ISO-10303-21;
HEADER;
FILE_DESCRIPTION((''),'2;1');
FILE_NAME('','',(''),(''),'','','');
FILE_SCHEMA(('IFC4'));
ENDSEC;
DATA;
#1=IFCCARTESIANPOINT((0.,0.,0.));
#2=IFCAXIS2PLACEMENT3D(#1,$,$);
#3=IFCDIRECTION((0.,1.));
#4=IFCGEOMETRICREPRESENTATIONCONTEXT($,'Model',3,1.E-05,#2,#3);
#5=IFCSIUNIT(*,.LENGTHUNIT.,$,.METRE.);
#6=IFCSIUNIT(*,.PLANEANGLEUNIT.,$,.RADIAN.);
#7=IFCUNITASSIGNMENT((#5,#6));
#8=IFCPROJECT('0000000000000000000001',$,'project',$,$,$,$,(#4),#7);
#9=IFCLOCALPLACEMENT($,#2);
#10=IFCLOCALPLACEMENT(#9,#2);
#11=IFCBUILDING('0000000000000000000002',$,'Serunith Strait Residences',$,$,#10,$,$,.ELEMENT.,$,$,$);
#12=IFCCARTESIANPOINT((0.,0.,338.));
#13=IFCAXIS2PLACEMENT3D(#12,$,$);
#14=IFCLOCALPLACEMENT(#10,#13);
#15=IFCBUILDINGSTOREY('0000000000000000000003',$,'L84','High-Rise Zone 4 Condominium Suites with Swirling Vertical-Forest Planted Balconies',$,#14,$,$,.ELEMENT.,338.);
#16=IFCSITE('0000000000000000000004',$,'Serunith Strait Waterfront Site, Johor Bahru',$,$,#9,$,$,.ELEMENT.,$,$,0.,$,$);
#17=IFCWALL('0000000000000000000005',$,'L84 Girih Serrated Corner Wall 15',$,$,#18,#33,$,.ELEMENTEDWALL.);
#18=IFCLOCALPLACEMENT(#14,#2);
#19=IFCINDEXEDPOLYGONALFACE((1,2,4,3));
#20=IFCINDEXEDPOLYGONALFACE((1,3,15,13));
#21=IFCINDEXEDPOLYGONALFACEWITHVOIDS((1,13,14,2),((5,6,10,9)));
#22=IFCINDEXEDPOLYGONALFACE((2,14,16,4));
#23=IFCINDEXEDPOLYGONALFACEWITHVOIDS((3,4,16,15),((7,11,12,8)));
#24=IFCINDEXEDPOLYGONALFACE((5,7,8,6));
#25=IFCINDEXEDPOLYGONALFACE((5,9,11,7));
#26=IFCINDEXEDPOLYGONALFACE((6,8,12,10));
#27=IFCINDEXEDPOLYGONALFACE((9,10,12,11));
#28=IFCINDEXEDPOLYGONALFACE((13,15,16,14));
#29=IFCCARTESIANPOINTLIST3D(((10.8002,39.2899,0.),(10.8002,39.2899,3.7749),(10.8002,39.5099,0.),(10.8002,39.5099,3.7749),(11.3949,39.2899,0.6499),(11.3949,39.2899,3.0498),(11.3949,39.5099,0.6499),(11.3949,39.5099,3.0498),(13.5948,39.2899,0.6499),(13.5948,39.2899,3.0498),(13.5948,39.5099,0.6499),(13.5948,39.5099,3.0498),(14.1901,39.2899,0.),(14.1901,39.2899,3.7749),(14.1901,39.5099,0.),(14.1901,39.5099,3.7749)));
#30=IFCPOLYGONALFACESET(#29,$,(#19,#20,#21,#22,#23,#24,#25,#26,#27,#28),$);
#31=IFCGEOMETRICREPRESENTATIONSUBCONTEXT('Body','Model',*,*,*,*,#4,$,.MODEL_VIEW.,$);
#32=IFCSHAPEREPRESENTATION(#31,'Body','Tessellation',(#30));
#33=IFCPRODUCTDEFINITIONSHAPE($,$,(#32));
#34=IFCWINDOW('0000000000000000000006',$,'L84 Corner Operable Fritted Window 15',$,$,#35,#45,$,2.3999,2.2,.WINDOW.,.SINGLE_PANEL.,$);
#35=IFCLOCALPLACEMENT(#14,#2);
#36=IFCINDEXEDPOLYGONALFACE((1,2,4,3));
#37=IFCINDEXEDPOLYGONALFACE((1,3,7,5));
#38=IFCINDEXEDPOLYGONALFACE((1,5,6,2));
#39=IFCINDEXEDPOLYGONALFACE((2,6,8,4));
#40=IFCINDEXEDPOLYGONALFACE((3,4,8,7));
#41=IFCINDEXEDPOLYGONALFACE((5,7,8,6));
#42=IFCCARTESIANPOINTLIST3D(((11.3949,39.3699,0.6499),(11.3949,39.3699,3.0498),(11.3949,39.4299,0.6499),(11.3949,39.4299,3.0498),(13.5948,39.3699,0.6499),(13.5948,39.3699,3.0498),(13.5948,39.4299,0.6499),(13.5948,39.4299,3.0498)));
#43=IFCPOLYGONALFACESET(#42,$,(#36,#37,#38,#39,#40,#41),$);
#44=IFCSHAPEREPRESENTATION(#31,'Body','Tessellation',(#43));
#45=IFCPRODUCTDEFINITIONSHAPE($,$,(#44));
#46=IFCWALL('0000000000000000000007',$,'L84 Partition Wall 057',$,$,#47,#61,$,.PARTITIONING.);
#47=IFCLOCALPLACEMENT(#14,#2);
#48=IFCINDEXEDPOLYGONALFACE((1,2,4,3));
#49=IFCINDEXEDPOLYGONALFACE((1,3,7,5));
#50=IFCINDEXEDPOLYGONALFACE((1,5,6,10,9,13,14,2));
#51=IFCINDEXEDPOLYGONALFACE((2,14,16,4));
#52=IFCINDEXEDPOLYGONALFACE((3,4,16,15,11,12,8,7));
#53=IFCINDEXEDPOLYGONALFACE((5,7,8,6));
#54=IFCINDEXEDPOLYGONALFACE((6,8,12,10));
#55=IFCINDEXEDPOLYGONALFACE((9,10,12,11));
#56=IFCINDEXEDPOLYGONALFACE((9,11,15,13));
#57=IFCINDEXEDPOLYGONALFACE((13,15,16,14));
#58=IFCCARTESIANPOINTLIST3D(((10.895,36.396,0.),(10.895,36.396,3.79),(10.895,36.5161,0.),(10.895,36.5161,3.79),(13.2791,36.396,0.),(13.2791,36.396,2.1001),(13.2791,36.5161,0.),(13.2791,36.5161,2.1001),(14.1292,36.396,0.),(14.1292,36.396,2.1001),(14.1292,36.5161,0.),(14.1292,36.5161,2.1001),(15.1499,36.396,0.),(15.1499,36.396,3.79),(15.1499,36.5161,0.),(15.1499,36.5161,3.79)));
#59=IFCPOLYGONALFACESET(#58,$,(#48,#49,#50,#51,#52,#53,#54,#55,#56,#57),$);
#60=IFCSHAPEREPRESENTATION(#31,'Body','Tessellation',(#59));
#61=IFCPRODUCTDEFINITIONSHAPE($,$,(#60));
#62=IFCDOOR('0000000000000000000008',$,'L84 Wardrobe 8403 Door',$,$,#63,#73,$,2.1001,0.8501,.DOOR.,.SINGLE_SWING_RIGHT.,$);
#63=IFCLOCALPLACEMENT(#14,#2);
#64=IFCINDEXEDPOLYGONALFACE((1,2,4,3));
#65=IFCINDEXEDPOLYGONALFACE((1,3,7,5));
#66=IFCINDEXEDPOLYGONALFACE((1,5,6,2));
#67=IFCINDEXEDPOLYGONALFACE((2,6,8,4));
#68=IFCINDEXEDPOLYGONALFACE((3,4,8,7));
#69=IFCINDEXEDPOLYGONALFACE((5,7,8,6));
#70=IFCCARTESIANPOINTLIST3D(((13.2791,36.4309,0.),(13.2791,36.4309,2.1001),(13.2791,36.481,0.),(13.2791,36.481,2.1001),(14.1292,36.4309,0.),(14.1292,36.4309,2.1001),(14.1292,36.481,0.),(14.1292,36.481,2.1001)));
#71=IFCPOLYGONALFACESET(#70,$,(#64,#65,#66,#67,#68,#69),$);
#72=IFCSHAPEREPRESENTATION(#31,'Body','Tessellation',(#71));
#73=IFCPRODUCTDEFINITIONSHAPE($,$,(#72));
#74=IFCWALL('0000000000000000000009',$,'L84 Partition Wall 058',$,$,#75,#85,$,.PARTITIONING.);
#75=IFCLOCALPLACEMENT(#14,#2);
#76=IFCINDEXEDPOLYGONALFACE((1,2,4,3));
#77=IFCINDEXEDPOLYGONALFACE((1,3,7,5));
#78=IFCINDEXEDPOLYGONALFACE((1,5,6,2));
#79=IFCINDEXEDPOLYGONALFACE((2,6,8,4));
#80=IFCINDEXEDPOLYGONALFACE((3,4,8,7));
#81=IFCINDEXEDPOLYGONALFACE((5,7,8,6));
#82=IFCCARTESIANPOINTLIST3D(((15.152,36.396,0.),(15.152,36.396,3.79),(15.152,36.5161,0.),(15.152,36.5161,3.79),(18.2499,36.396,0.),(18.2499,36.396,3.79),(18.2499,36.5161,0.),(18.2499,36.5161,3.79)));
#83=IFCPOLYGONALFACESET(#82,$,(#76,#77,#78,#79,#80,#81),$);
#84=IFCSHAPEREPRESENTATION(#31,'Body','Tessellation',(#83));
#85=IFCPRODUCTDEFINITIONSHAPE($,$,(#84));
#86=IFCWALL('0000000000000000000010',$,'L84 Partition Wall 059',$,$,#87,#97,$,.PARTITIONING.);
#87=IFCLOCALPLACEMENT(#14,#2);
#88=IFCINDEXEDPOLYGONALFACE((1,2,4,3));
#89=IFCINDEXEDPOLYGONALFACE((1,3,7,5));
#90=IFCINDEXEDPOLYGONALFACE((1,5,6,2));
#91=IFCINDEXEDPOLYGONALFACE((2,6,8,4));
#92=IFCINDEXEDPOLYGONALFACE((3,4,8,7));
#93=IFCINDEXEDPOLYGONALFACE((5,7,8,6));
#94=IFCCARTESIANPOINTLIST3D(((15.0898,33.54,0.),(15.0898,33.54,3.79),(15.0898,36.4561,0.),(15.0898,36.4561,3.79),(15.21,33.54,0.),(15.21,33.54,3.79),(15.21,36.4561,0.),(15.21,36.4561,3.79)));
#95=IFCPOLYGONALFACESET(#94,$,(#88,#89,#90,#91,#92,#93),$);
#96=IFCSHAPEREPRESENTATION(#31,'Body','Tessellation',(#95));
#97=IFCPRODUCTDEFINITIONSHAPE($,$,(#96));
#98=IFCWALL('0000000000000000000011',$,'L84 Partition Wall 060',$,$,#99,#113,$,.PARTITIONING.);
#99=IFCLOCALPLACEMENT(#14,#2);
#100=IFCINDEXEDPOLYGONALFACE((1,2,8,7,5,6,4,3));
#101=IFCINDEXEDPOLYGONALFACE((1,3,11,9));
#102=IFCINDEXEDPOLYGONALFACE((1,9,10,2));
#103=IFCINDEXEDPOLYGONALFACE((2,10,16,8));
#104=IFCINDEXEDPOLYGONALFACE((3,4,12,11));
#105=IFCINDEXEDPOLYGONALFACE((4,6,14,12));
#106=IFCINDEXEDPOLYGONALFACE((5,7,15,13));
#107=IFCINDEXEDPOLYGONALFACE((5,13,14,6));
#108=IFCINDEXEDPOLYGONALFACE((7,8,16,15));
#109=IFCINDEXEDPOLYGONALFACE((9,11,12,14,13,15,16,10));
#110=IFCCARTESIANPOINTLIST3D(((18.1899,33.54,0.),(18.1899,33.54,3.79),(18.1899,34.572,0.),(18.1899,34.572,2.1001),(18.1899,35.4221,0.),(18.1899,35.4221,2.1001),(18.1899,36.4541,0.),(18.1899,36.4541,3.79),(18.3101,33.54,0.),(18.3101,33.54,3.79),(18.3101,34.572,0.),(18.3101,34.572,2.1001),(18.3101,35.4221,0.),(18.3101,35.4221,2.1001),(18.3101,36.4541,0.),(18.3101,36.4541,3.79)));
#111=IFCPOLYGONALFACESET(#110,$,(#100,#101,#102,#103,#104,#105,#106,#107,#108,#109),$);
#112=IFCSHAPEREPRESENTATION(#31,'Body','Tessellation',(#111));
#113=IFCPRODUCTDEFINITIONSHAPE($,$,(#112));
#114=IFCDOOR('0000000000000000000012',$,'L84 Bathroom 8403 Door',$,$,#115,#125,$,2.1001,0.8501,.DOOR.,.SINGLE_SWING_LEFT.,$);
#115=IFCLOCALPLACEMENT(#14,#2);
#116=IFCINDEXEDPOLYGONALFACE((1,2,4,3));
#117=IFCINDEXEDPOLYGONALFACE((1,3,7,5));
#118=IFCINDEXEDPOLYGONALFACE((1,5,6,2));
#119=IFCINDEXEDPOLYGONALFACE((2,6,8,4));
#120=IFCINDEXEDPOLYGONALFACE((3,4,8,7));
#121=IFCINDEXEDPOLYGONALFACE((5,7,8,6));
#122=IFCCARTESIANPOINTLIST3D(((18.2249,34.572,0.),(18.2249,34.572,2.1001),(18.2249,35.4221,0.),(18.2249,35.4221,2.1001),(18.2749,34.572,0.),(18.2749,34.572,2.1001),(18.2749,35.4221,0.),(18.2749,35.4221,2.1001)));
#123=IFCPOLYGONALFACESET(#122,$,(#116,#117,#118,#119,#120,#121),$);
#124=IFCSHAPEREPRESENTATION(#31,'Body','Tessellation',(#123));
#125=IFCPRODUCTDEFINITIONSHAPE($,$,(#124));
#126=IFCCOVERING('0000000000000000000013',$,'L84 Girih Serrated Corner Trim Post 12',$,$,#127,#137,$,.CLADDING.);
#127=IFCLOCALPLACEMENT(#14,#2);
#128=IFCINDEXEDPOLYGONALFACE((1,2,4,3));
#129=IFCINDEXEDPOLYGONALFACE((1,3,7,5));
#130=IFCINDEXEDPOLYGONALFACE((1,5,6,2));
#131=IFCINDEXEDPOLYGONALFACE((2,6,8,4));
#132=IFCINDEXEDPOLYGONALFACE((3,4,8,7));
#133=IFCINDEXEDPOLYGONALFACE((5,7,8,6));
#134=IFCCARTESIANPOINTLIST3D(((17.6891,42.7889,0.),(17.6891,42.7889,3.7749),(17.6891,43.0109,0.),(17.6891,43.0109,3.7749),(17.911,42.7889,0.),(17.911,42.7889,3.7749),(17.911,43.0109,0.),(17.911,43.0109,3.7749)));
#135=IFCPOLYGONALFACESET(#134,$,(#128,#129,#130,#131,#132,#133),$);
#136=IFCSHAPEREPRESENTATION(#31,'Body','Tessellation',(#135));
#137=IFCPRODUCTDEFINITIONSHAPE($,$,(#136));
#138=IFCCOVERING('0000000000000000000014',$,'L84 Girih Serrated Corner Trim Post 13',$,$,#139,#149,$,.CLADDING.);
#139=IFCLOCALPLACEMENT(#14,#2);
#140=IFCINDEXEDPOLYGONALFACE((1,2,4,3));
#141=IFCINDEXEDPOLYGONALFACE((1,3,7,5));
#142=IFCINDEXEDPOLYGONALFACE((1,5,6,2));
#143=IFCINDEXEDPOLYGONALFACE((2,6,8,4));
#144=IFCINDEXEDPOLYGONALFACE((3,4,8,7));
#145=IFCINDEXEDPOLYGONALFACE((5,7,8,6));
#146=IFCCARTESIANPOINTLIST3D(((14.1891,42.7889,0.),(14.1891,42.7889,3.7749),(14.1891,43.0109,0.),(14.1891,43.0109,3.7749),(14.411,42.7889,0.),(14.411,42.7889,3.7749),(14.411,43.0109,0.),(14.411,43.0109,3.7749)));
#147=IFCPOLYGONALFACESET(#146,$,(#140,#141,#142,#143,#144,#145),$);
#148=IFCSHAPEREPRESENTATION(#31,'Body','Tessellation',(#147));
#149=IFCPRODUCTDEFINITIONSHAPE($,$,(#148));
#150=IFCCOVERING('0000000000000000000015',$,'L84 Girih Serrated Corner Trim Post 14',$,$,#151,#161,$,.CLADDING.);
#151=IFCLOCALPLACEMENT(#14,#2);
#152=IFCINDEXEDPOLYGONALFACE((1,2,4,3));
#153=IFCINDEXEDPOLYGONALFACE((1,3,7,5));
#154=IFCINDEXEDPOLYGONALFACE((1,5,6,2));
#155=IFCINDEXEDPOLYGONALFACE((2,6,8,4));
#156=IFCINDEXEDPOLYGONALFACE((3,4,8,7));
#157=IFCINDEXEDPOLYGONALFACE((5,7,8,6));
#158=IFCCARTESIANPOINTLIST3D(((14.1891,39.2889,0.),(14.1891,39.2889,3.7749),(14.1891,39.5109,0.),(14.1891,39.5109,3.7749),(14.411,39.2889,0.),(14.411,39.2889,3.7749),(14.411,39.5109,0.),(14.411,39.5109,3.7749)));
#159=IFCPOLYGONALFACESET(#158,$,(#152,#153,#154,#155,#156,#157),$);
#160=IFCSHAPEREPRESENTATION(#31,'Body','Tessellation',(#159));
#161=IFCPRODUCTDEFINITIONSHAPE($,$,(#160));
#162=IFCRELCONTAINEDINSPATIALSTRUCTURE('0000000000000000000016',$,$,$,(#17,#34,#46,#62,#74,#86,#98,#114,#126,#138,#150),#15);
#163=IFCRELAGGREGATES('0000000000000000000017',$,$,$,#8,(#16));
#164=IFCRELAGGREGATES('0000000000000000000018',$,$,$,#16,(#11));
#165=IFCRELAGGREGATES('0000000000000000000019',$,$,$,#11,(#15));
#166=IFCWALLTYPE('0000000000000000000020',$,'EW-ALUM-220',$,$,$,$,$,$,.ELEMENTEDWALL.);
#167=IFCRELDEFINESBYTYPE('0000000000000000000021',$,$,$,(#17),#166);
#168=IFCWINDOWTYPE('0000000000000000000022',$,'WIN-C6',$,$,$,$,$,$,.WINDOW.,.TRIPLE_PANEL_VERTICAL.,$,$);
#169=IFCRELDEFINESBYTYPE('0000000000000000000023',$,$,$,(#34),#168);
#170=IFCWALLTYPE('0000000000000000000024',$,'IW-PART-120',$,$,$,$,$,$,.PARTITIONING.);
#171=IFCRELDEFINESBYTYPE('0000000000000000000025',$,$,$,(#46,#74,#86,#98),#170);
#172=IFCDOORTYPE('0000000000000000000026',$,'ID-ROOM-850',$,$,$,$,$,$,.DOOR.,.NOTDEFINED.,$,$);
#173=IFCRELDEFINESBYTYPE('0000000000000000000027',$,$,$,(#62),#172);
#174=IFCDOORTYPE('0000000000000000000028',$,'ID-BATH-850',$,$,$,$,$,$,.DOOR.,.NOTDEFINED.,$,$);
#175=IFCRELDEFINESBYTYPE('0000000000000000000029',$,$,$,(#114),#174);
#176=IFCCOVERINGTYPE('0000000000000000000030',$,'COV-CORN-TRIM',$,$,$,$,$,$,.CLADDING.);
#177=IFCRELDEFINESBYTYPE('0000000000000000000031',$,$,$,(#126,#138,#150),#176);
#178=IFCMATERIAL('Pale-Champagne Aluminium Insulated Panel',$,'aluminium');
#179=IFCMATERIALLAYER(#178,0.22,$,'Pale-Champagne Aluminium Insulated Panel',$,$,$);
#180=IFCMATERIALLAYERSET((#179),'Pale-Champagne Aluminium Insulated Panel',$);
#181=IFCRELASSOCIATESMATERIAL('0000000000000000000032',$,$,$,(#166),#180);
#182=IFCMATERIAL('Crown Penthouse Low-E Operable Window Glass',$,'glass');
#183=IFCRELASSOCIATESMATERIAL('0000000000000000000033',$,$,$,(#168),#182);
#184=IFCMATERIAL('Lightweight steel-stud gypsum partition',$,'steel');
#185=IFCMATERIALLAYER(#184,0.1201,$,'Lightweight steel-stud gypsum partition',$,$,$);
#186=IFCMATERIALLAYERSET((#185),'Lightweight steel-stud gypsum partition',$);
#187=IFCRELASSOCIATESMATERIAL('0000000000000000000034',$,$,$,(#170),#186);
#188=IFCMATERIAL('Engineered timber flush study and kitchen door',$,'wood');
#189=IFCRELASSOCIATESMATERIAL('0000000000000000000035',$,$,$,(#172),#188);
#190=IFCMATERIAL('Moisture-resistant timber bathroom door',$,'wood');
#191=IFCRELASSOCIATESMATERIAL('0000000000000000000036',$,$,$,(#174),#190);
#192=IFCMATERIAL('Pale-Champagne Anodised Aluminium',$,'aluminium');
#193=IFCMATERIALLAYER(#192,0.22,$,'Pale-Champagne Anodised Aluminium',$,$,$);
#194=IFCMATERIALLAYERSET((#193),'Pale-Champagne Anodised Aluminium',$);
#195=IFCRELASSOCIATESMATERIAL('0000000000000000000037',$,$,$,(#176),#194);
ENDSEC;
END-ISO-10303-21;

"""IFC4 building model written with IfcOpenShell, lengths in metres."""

from ifc_helpers import new_model, si_unit, direction, frame, frame_2d, origin, origin_2d, place, context, subcontext, project, spatial, rectangle, extrude, source, transform, mapped, material, layer, layer_set, type_object, element, fill, save


model = new_model("IFC4")

# Units and contexts
model_context = context("Model", 3, precision=1e-05, world=origin(), true_north=direction((0.0, 1.0)))
body_context = subcontext(model_context, "Body", "Model", "MODEL_VIEW")
ifc_project = project(units=[si_unit("LENGTHUNIT", "METRE"), si_unit("PLANEANGLEUNIT", "RADIAN")], contexts=[model_context])

# Site, building, storey
site_placement = place(None, origin())
site = spatial("IfcSite", under=ifc_project, at=site_placement, Name="Serunith Strait Waterfront Site, Johor Bahru", CompositionType="ELEMENT", RefElevation=0.0)
building_placement = place(site_placement, origin())
building = spatial("IfcBuilding", under=site, at=building_placement, Name="Serunith Strait Residences", CompositionType="ELEMENT")
storey_placement = place(building_placement, frame((0.0, 0.0, 338.0)))
storey = spatial("IfcBuildingStorey", under=building, at=storey_placement, Name="L84", Description="High-Rise Zone 4 Condominium Suites with Swirling Vertical-Forest Planted Balconies", CompositionType="ELEMENT", Elevation=338.0)

# Shared definitions
ifc_material_1 = material(Name="Pale-Champagne Aluminium Insulated Panel", Category="aluminium")
ifc_layer_1 = layer(ifc_material_1, 0.22, Name="Pale-Champagne Aluminium Insulated Panel")
ifc_layer_set_1 = layer_set([ifc_layer_1], Name="Pale-Champagne Aluminium Insulated Panel")
wall_type_1 = type_object("IfcWallType", Name="EW-ALUM-220", PredefinedType="ELEMENTEDWALL", material=ifc_layer_set_1)

# Wall, opening, window
ifc_material_2 = material(Name="Crown Penthouse Low-E Operable Window Glass", Category="glass")
window_type = type_object("IfcWindowType", Name="WIN-C6", PartitioningType="TRIPLE_PANEL_VERTICAL", PredefinedType="WINDOW", material=ifc_material_2)
shared_shape_1 = source(origin(), body_context, "Body", "SweptSolid", [
    extrude(rectangle(XDim=2.2, YDim=2.3999, at=frame_2d((1.1001, 1.2))), frame((0.0, 0.03, 0.0), z_axis=(0.0, -1.0, 0.0), x_axis=(1.0, 0.0, 0.0)), (0.0, 0.0, 1.0), 0.0601),
])
wall_1_placement = place(storey_placement, frame((14.1899, 39.3999, 0.0), z_axis=(0.0, 0.0, 1.0), x_axis=(-1.0, 0.0, 0.0)))
wall_1 = element("IfcWall", 1, at=wall_1_placement, inside=storey, type_object=wall_type_1, Name="L84 Girih Serrated Corner Wall 15", PredefinedType="ELEMENTEDWALL", context=body_context, shape_type="SweptSolid", body=[
    extrude(rectangle(XDim=3.3899, YDim=0.22, at=frame_2d((1.6948, 0.0))), origin(), (0.0, 0.0, 1.0), 3.7749),
])
opening_1_placement = place(wall_1_placement, frame((0.595, 0.0, 0.6499)))
opening_1 = element("IfcOpeningElement", 2, at=opening_1_placement, cuts=wall_1, PredefinedType="OPENING", context=body_context, shape_type="SweptSolid", body=[
    extrude(rectangle(XDim=2.2, YDim=2.3999, at=frame_2d((1.1001, 1.2))), frame((0.0, 0.1201, 0.0), z_axis=(0.0, -1.0, 0.0), x_axis=(1.0, 0.0, 0.0)), (0.0, 0.0, 1.0), 0.24),
])
window_1_placement = place(opening_1_placement, origin())
window_1 = element("IfcWindow", 3, at=window_1_placement, inside=storey, type_object=window_type, Name="L84 Corner Operable Fritted Window 15", OverallHeight=2.3999, OverallWidth=2.2, PartitioningType="SINGLE_PANEL", PredefinedType="WINDOW", context=body_context, shape_type="MappedRepresentation", body=[
    mapped(shared_shape_1, transform((0.0, 0.0, 0.0), scale=1.0)),
])
fill(opening_1, window_1)

# Wall, opening, door
ifc_material_3 = material(Name="Lightweight steel-stud gypsum partition", Category="steel")
ifc_layer_2 = layer(ifc_material_3, 0.1201, Name="Lightweight steel-stud gypsum partition")
ifc_layer_set_2 = layer_set([ifc_layer_2], Name="Lightweight steel-stud gypsum partition")
wall_type_2 = type_object("IfcWallType", Name="IW-PART-120", PredefinedType="PARTITIONING", material=ifc_layer_set_2)
wall_2_placement = place(storey_placement, frame((10.895, 36.4561, 0.0), z_axis=(0.0, 0.0, 1.0), x_axis=(1.0, 0.0, 0.0)))
wall_2 = element("IfcWall", 4, at=wall_2_placement, inside=storey, type_object=wall_type_2, Name="L84 Partition Wall 057", PredefinedType="PARTITIONING", context=body_context, shape_type="SweptSolid", body=[
    extrude(rectangle(XDim=4.2549, YDim=0.1201, at=frame_2d((2.1274, 0.0))), origin(), (0.0, 0.0, 1.0), 3.79),
])
opening_2_placement = place(wall_2_placement, frame((2.384, 0.0, 0.0)))
opening_2 = element("IfcOpeningElement", 5, at=opening_2_placement, cuts=wall_2, PredefinedType="OPENING", context=body_context, shape_type="SweptSolid", body=[
    extrude(rectangle(XDim=0.8501, YDim=2.1001, at=frame_2d((0.425, 1.05))), frame((0.0, 0.0701, 0.0), z_axis=(0.0, -1.0, 0.0), x_axis=(1.0, 0.0, 0.0)), (0.0, 0.0, 1.0), 0.1401),
])
ifc_material_4 = material(Name="Engineered timber flush study and kitchen door", Category="wood")
door_type_1 = type_object("IfcDoorType", Name="ID-ROOM-850", OperationType="NOTDEFINED", PredefinedType="DOOR", material=ifc_material_4)
shared_shape_2 = source(origin(), body_context, "Body", "SweptSolid", [
    extrude(rectangle(XDim=0.8501, YDim=2.1001, at=frame_2d((0.425, 1.05))), frame((0.0, 0.0249, 0.0), z_axis=(0.0, -1.0, 0.0), x_axis=(1.0, 0.0, 0.0)), (0.0, 0.0, 1.0), 0.05),
])
door_1_placement = place(opening_2_placement, origin())
door_1 = element("IfcDoor", 6, at=door_1_placement, inside=storey, type_object=door_type_1, Name="L84 Wardrobe 8403 Door", OperationType="SINGLE_SWING_RIGHT", OverallHeight=2.1001, OverallWidth=0.8501, PredefinedType="DOOR", context=body_context, shape_type="MappedRepresentation", body=[
    mapped(shared_shape_2, transform((0.0, 0.0, 0.0), scale=1.0)),
])
fill(opening_2, door_1)

# Walls
wall_3_placement = place(storey_placement, frame((15.1521, 36.4561, 0.0), z_axis=(0.0, 0.0, 1.0), x_axis=(1.0, 0.0, 0.0)))
element("IfcWall", 7, at=wall_3_placement, inside=storey, type_object=wall_type_2, Name="L84 Partition Wall 058", PredefinedType="PARTITIONING", context=body_context, shape_type="SweptSolid", body=[
    extrude(rectangle(XDim=3.0979, YDim=0.1201, at=frame_2d((1.5488, 0.0))), origin(), (0.0, 0.0, 1.0), 3.79),
])
wall_4_placement = place(storey_placement, frame((15.1499, 36.4561, 0.0), z_axis=(0.0, 0.0, 1.0), x_axis=(0.0, -1.0, 0.0)))
element("IfcWall", 8, at=wall_4_placement, inside=storey, type_object=wall_type_2, Name="L84 Partition Wall 059", PredefinedType="PARTITIONING", context=body_context, shape_type="SweptSolid", body=[
    extrude(rectangle(XDim=2.916, YDim=0.1201, at=frame_2d((1.458, 0.0))), origin(), (0.0, 0.0, 1.0), 3.79),
])

# Wall, opening, door
wall_5_placement = place(storey_placement, frame((18.25, 36.4541, 0.0), z_axis=(0.0, 0.0, 1.0), x_axis=(0.0, -1.0, 0.0)))
wall_5 = element("IfcWall", 9, at=wall_5_placement, inside=storey, type_object=wall_type_2, Name="L84 Partition Wall 060", PredefinedType="PARTITIONING", context=body_context, shape_type="SweptSolid", body=[
    extrude(rectangle(XDim=2.9141, YDim=0.1201, at=frame_2d((1.457, 0.0))), origin(), (0.0, 0.0, 1.0), 3.79),
])
opening_3_placement = place(wall_5_placement, frame((1.032, 0.0, 0.0)))
opening_3 = element("IfcOpeningElement", 10, at=opening_3_placement, cuts=wall_5, PredefinedType="OPENING", context=body_context, shape_type="SweptSolid", body=[
    extrude(rectangle(XDim=0.8501, YDim=2.1001, at=frame_2d((0.425, 1.05))), frame((0.0, 0.0701, 0.0), z_axis=(0.0, -1.0, 0.0), x_axis=(1.0, 0.0, 0.0)), (0.0, 0.0, 1.0), 0.1401),
])
ifc_material_5 = material(Name="Moisture-resistant timber bathroom door", Category="wood")
door_type_2 = type_object("IfcDoorType", Name="ID-BATH-850", OperationType="NOTDEFINED", PredefinedType="DOOR", material=ifc_material_5)
door_2_placement = place(opening_3_placement, origin())
door_2 = element("IfcDoor", 11, at=door_2_placement, inside=storey, type_object=door_type_2, Name="L84 Bathroom 8403 Door", OperationType="SINGLE_SWING_LEFT", OverallHeight=2.1001, OverallWidth=0.8501, PredefinedType="DOOR", context=body_context, shape_type="MappedRepresentation", body=[
    mapped(shared_shape_2, transform((0.0, 0.0, 0.0), scale=1.0)),
])
fill(opening_3, door_2)

# Coverings
ifc_material_6 = material(Name="Pale-Champagne Anodised Aluminium", Category="aluminium")
ifc_layer_3 = layer(ifc_material_6, 0.22, Name="Pale-Champagne Anodised Aluminium")
ifc_layer_set_3 = layer_set([ifc_layer_3], Name="Pale-Champagne Anodised Aluminium")
covering_type = type_object("IfcCoveringType", Name="COV-CORN-TRIM", PredefinedType="CLADDING", material=ifc_layer_set_3)
shared_shape_3 = source(origin(), body_context, "Body", "SweptSolid", [
    extrude(rectangle(XDim=0.2219, YDim=0.2219, at=origin_2d()), origin(), (0.0, 0.0, 1.0), 3.7749),
])
for number, where, z_axis, x_axis, name in (
    (12, (17.8, 42.8999, 0.0), (0.0, 0.0, 1.0), (1.0, 0.0, 0.0), "L84 Girih Serrated Corner Trim Post 12"),
    (13, (14.3, 42.8999, 0.0), (0.0, 0.0, 1.0), (1.0, 0.0, 0.0), "L84 Girih Serrated Corner Trim Post 13"),
    (14, (14.3, 39.3999, 0.0), (0.0, 0.0, 1.0), (1.0, 0.0, 0.0), "L84 Girih Serrated Corner Trim Post 14"),
):
    element("IfcCovering", number, at=place(storey_placement, frame(where, z_axis=z_axis, x_axis=x_axis)), inside=storey, type_object=covering_type, Name=name, PredefinedType="CLADDING", context=body_context, shape_type="MappedRepresentation", body=[
        mapped(shared_shape_3, transform((0.0, 0.0, 0.0), scale=1.0)),
    ])

save(model, "model.ifc")
